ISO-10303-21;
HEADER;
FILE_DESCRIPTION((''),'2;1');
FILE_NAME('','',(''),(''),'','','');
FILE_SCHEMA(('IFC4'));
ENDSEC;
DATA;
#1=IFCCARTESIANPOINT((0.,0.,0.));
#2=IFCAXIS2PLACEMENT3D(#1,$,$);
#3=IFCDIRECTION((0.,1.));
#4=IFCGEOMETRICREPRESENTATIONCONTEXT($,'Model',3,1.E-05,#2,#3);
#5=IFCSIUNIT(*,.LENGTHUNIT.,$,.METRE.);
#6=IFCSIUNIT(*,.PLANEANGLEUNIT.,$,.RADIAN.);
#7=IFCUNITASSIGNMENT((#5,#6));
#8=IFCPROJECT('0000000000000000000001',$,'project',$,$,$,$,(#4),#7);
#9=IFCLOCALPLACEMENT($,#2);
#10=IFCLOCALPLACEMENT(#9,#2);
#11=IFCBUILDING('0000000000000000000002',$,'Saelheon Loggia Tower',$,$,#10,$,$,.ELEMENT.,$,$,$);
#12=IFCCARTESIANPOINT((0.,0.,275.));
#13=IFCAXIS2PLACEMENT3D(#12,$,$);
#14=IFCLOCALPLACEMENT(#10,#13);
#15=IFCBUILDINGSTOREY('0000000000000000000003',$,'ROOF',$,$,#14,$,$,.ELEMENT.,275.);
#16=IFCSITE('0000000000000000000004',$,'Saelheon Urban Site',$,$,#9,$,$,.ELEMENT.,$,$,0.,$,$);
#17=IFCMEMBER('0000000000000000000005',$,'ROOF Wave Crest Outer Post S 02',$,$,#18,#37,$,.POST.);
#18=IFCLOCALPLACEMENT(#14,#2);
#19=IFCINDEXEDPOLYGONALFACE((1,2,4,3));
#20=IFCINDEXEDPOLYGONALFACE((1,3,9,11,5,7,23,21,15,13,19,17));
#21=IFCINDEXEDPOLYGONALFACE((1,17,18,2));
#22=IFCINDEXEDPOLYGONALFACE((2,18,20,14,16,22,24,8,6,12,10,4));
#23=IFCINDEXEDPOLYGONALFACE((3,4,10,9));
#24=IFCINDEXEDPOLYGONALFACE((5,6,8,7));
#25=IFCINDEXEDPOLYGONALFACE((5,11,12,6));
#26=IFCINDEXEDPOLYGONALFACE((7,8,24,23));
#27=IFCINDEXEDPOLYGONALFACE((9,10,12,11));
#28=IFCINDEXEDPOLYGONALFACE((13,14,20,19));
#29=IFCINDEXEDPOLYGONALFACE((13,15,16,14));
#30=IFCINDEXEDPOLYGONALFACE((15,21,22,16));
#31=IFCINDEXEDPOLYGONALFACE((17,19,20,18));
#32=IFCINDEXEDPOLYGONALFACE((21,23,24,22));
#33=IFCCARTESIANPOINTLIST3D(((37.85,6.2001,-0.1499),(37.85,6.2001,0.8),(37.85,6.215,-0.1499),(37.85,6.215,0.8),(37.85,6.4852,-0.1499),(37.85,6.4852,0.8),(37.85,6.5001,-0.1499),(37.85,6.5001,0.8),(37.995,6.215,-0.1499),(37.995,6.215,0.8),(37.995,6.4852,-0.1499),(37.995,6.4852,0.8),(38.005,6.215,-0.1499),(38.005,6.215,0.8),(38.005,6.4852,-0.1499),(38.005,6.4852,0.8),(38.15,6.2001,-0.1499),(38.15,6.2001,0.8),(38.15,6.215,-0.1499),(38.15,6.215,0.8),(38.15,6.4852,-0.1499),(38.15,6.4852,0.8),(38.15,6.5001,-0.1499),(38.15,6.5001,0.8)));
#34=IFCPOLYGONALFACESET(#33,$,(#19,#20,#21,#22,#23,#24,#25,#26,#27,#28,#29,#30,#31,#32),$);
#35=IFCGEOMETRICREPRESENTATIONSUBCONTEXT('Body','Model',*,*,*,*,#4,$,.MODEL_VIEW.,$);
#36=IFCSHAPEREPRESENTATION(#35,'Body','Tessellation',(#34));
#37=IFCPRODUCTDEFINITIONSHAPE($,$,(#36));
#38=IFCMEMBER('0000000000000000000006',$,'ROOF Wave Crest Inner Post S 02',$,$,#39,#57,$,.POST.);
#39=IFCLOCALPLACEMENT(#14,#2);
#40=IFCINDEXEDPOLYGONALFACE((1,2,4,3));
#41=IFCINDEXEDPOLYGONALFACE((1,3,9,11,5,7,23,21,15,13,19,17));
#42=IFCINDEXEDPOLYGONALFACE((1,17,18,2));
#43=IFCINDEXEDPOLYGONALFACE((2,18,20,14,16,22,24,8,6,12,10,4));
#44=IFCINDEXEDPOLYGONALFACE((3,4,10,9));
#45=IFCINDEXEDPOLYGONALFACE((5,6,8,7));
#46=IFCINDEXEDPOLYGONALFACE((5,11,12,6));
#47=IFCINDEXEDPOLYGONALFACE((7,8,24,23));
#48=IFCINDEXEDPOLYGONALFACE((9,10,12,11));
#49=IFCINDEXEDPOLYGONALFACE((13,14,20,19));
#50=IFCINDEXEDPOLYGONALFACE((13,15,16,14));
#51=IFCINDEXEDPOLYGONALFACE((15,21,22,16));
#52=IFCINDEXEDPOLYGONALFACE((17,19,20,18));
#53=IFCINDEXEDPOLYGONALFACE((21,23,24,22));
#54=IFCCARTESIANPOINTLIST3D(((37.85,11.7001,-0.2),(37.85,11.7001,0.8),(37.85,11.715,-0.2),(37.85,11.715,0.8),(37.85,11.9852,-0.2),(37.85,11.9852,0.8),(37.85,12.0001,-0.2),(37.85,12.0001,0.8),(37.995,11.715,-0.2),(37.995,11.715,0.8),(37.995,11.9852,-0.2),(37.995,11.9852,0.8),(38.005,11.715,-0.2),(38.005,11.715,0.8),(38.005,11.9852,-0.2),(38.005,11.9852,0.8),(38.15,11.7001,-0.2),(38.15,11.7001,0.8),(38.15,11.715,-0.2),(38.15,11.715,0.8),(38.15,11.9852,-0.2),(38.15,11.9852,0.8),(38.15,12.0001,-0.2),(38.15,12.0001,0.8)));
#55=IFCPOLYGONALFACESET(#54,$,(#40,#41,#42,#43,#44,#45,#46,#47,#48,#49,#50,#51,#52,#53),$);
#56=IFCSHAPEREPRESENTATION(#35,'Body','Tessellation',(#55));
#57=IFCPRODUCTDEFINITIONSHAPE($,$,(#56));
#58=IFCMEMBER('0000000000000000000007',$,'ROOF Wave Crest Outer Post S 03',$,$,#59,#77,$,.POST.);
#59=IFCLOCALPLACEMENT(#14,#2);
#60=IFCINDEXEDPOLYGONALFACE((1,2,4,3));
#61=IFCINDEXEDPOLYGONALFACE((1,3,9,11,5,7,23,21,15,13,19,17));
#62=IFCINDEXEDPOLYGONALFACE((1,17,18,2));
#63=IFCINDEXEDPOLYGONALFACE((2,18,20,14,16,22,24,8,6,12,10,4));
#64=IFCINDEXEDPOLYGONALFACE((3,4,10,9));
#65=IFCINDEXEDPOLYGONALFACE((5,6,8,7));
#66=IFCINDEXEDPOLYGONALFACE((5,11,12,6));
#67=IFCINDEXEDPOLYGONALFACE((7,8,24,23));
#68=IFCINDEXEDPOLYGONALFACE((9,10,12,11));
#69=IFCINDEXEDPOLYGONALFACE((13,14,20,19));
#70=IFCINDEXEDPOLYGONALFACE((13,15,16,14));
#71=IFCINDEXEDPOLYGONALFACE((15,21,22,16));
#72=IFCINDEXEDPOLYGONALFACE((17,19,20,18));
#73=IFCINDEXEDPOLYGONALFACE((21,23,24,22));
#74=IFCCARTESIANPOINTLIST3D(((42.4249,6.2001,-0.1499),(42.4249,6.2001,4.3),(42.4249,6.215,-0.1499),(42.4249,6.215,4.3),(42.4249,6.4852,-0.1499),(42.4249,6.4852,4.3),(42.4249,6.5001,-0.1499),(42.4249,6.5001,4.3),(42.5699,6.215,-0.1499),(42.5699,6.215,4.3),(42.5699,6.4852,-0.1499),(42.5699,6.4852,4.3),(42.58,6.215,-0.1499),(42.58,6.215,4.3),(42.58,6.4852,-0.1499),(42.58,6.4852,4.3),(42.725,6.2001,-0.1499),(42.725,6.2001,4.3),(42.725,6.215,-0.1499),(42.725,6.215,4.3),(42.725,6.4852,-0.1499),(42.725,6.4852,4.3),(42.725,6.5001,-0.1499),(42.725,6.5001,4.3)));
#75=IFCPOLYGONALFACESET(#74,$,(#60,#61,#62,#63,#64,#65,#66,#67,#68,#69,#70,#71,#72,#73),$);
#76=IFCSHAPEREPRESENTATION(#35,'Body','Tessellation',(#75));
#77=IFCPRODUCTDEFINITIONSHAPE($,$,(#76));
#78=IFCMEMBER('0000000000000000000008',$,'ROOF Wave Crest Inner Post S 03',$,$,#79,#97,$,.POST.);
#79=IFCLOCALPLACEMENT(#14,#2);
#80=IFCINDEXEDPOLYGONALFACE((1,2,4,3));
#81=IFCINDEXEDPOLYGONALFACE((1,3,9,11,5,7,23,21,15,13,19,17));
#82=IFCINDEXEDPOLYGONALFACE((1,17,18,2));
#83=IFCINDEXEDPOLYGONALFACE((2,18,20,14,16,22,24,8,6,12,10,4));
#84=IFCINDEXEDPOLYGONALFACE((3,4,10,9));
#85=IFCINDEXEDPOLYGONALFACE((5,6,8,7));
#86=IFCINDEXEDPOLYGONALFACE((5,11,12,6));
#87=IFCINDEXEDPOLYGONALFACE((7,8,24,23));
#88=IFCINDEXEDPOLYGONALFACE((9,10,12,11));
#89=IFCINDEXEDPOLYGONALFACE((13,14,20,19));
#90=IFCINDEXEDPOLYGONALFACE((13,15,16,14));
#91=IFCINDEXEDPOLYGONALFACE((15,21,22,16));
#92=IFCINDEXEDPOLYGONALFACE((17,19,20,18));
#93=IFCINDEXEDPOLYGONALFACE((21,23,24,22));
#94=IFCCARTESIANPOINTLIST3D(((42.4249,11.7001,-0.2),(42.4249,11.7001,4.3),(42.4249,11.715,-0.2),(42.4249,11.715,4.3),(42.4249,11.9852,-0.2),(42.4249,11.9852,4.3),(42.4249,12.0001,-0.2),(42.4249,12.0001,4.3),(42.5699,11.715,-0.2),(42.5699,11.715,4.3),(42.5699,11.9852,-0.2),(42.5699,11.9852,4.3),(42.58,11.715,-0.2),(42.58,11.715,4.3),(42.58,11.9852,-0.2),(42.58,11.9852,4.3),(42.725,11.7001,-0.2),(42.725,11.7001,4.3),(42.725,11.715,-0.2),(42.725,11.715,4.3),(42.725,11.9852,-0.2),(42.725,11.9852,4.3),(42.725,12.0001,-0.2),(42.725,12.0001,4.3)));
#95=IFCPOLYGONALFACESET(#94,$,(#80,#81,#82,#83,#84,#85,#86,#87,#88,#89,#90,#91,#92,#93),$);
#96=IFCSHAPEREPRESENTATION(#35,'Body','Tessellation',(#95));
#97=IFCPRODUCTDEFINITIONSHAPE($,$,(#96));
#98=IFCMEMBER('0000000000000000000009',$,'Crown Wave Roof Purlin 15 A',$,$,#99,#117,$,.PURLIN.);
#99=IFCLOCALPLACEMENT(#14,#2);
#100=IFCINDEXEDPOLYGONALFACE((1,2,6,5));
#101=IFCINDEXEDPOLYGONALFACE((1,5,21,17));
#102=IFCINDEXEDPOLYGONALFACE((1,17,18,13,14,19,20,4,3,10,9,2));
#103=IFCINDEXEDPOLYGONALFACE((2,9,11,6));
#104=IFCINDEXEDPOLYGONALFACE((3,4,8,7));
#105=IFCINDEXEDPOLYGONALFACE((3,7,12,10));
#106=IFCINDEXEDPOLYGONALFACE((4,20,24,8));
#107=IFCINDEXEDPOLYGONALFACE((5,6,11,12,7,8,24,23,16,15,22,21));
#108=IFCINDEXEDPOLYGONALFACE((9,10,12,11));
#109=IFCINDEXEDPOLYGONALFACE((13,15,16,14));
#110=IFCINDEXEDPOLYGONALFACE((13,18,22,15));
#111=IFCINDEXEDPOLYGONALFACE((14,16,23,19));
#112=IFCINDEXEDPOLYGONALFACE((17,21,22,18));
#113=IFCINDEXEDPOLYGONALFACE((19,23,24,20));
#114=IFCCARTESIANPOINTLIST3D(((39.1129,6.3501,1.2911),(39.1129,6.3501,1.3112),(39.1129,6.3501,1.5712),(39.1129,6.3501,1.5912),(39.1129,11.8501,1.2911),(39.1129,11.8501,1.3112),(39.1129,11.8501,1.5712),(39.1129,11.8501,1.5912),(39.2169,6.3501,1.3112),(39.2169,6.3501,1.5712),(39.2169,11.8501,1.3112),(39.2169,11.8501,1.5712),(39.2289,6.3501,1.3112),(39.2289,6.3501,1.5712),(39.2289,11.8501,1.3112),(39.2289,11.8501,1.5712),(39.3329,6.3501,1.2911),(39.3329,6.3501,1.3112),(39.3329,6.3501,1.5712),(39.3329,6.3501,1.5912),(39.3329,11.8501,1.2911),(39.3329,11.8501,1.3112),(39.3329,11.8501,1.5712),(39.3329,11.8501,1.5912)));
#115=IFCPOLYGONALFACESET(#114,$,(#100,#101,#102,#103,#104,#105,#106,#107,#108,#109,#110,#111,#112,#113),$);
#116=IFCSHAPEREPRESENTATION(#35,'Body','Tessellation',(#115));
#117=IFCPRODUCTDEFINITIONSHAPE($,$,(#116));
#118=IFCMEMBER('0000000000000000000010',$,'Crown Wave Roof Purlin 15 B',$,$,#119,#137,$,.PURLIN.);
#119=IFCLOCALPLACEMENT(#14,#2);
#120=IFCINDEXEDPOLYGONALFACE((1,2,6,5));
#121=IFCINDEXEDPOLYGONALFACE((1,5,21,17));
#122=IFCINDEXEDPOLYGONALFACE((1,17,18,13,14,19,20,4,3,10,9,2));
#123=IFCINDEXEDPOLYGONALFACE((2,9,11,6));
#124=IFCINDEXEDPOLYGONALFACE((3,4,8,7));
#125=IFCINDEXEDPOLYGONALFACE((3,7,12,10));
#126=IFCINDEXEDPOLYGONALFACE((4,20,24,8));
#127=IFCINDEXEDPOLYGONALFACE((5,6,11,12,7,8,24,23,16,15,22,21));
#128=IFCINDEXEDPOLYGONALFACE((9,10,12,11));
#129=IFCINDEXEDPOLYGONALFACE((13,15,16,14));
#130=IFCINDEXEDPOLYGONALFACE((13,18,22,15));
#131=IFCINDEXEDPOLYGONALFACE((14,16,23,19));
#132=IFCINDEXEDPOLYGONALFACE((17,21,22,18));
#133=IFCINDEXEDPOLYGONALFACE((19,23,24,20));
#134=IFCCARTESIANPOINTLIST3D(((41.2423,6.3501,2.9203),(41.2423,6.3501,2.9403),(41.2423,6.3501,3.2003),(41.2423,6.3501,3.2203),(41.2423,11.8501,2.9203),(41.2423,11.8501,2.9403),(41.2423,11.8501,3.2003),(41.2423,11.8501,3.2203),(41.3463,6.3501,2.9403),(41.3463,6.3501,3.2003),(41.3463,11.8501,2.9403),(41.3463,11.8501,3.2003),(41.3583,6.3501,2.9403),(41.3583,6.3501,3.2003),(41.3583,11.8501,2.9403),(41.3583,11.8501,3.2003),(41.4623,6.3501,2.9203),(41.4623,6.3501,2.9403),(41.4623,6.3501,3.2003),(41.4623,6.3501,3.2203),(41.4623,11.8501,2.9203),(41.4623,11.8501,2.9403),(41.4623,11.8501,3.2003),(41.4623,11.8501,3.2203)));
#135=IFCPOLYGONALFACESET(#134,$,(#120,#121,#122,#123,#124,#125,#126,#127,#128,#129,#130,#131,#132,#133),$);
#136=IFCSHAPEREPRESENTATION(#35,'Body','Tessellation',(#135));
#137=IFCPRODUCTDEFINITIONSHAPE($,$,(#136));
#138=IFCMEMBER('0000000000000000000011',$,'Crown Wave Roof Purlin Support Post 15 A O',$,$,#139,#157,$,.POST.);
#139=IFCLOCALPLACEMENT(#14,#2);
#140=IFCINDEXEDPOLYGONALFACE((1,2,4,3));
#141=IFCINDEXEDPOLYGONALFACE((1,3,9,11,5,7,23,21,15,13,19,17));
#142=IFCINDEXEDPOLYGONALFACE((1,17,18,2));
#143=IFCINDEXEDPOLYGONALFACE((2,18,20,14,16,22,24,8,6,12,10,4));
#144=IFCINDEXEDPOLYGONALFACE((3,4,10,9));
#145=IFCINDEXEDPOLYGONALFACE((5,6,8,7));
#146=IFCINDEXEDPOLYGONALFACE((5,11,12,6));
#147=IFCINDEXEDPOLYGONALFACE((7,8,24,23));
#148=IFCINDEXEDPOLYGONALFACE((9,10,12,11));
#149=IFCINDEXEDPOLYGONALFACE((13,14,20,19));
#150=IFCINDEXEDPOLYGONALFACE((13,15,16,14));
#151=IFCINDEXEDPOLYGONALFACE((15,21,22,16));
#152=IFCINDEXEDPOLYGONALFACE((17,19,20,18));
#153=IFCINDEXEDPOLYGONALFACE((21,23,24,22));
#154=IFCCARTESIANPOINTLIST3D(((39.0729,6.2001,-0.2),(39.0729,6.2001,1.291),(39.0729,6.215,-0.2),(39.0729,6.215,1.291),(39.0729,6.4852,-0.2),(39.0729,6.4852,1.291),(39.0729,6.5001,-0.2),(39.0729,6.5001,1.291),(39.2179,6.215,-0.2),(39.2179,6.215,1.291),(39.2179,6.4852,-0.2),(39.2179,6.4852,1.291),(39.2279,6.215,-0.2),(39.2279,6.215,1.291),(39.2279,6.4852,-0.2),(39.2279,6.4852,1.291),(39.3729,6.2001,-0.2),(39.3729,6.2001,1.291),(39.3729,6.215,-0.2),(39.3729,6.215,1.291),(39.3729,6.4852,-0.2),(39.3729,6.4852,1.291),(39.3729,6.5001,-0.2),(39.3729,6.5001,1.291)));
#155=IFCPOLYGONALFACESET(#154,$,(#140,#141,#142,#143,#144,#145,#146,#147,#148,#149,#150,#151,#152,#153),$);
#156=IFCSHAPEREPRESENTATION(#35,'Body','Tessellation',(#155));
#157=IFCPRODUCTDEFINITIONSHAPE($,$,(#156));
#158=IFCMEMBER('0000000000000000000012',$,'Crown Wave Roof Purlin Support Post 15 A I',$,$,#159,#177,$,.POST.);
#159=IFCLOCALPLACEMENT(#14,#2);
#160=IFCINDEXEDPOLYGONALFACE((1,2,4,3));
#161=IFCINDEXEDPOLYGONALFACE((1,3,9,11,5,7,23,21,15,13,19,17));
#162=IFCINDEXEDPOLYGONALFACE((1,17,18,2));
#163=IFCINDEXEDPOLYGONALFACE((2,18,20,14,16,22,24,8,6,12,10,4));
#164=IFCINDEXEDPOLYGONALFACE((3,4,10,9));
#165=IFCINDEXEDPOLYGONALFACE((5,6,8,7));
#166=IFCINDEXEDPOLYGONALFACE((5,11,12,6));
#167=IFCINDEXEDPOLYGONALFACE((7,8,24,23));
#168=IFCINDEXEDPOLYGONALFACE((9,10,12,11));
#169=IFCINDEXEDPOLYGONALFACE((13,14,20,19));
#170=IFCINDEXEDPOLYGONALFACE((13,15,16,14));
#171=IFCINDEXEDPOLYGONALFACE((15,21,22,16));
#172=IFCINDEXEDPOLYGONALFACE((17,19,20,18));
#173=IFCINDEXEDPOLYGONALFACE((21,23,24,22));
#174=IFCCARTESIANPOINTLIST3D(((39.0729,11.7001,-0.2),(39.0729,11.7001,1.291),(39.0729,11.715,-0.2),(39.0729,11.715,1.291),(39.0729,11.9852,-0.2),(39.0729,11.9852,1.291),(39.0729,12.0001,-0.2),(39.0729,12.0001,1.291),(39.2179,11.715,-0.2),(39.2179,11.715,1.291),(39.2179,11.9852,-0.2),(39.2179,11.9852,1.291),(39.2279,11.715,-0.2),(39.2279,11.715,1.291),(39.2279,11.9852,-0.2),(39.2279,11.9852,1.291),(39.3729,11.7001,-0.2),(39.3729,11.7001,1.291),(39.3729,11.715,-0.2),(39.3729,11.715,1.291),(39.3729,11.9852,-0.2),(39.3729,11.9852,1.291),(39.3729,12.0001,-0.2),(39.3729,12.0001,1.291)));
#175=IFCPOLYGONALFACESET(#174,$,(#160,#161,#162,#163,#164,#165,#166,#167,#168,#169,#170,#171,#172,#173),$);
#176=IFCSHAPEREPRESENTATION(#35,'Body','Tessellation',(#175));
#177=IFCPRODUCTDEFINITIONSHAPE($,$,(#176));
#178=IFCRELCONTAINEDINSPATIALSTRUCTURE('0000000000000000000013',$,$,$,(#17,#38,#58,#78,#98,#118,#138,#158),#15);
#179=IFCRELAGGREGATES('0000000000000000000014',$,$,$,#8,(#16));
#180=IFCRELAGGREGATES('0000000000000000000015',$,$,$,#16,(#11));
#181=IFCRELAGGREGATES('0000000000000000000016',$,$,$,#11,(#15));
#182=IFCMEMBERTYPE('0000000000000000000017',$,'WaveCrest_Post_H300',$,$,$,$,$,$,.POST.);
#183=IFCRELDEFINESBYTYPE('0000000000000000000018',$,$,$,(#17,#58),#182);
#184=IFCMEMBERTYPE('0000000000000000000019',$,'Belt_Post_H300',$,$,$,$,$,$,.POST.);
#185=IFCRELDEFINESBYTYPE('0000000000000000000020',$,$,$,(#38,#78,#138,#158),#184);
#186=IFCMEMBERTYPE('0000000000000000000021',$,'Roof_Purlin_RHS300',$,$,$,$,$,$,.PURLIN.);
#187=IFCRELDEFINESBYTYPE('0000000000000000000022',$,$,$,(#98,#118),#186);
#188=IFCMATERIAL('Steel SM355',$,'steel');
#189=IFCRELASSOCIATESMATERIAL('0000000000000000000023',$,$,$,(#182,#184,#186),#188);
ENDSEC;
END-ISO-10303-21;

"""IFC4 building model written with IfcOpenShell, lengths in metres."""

from ifc_helpers import new_model, si_unit, direction, frame, origin, origin_2d, place, context, subcontext, project, spatial, i_section, extrude, source, transform, mapped, material, material_profile, profile_set, type_object, element, save


model = new_model("IFC4")

# Units and contexts
model_context = context("Model", 3, precision=1e-05, world=origin(), true_north=direction((0.0, 1.0)))
body_context = subcontext(model_context, "Body", "Model", "MODEL_VIEW")
ifc_project = project(units=[si_unit("LENGTHUNIT", "METRE"), si_unit("PLANEANGLEUNIT", "RADIAN")], contexts=[model_context])

# Site, building, storey
site_placement = place(None, origin())
site = spatial("IfcSite", under=ifc_project, at=site_placement, Name="Saelheon Urban Site", CompositionType="ELEMENT", RefElevation=0.0)
building_placement = place(site_placement, origin())
building = spatial("IfcBuilding", under=site, at=building_placement, Name="Saelheon Loggia Tower", CompositionType="ELEMENT")
storey_placement = place(building_placement, frame((0.0, 0.0, 275.0)))
storey = spatial("IfcBuildingStorey", under=building, at=storey_placement, Name="ROOF", CompositionType="ELEMENT", Elevation=275.0)

# Members
ifc_material_1 = material(Name="Steel SM355", Category="steel")
ifc_material_profile_1 = material_profile(ifc_material_1, i_section(OverallWidth=0.3, OverallDepth=0.3, WebThickness=0.01, FlangeThickness=0.0149, at=origin_2d()), Name="H-300x300x10x15")
ifc_profile_set_1 = profile_set([ifc_material_profile_1], Name="Steel SM355")
member_type_1 = type_object("IfcMemberType", Name="WaveCrest_Post_H300", PredefinedType="POST", material=ifc_profile_set_1)
shared_shape_1 = source(origin(), body_context, "Body", "SweptSolid", [
    extrude(i_section(OverallWidth=0.3, OverallDepth=0.3, WebThickness=0.01, FlangeThickness=0.0149, at=origin_2d()), origin(), (0.0, 0.0, 1.0), 0.95),
])
member_1_placement = place(storey_placement, frame((38.0, 6.3501, -0.1499), z_axis=(0.0, 0.0, 1.0), x_axis=(1.0, 0.0, 0.0)))
element("IfcMember", 1, at=member_1_placement, inside=storey, type_object=member_type_1, Name="ROOF Wave Crest Outer Post S 02", PredefinedType="POST", context=body_context, shape_type="MappedRepresentation", body=[
    mapped(shared_shape_1, transform((0.0, 0.0, 0.0), scale=1.0)),
])
ifc_material_profile_2 = material_profile(ifc_material_1, i_section(OverallWidth=0.3, OverallDepth=0.3, WebThickness=0.01, FlangeThickness=0.0149, at=origin_2d()), Name="H-300x300x10x15")
ifc_profile_set_2 = profile_set([ifc_material_profile_2], Name="Steel SM355")
member_type_2 = type_object("IfcMemberType", Name="Belt_Post_H300", PredefinedType="POST", material=ifc_profile_set_2)
shared_shape_2 = source(origin(), body_context, "Body", "SweptSolid", [
    extrude(i_section(OverallWidth=0.3, OverallDepth=0.3, WebThickness=0.01, FlangeThickness=0.0149, at=origin_2d()), origin(), (0.0, 0.0, 1.0), 1.0),
])
member_2_placement = place(storey_placement, frame((38.0, 11.8501, -0.2), z_axis=(0.0, 0.0, 1.0), x_axis=(1.0, 0.0, 0.0)))
element("IfcMember", 2, at=member_2_placement, inside=storey, type_object=member_type_2, Name="ROOF Wave Crest Inner Post S 02", PredefinedType="POST", context=body_context, shape_type="MappedRepresentation", body=[
    mapped(shared_shape_2, transform((0.0, 0.0, 0.0), scale=1.0)),
])
shared_shape_3 = source(origin(), body_context, "Body", "SweptSolid", [
    extrude(i_section(OverallWidth=0.3, OverallDepth=0.3, WebThickness=0.01, FlangeThickness=0.0149, at=origin_2d()), origin(), (0.0, 0.0, 1.0), 4.45),
])
member_3_placement = place(storey_placement, frame((42.575, 6.3501, -0.1499), z_axis=(0.0, 0.0, 1.0), x_axis=(1.0, 0.0, 0.0)))
element("IfcMember", 3, at=member_3_placement, inside=storey, type_object=member_type_1, Name="ROOF Wave Crest Outer Post S 03", PredefinedType="POST", context=body_context, shape_type="MappedRepresentation", body=[
    mapped(shared_shape_3, transform((0.0, 0.0, 0.0), scale=1.0)),
])
shared_shape_4 = source(origin(), body_context, "Body", "SweptSolid", [
    extrude(i_section(OverallWidth=0.3, OverallDepth=0.3, WebThickness=0.01, FlangeThickness=0.0149, at=origin_2d()), origin(), (0.0, 0.0, 1.0), 4.5),
])
member_4_placement = place(storey_placement, frame((42.575, 11.8501, -0.2), z_axis=(0.0, 0.0, 1.0), x_axis=(1.0, 0.0, 0.0)))
element("IfcMember", 4, at=member_4_placement, inside=storey, type_object=member_type_2, Name="ROOF Wave Crest Inner Post S 03", PredefinedType="POST", context=body_context, shape_type="MappedRepresentation", body=[
    mapped(shared_shape_4, transform((0.0, 0.0, 0.0), scale=1.0)),
])
ifc_material_profile_3 = material_profile(ifc_material_1, i_section(OverallWidth=0.22, OverallDepth=0.3, WebThickness=0.012, FlangeThickness=0.02, at=origin_2d()), Name="H-300x220x12x20")
ifc_profile_set_3 = profile_set([ifc_material_profile_3], Name="Steel SM355")
member_type_3 = type_object("IfcMemberType", Name="Roof_Purlin_RHS300", PredefinedType="PURLIN", material=ifc_profile_set_3)
shared_shape_5 = source(origin(), body_context, "Body", "SweptSolid", [
    extrude(i_section(OverallWidth=0.22, OverallDepth=0.3, WebThickness=0.012, FlangeThickness=0.02, at=origin_2d()), origin(), (0.0, 0.0, 1.0), 5.5),
])
for number, where, z_axis, x_axis, name in (
    (5, (39.2229, 6.3501, 1.4412), (0.0, 1.0, 0.0), (-1.0, 0.0, 0.0), "Crown Wave Roof Purlin 15 A"),
    (6, (41.3523, 6.3501, 3.0703), (0.0, 1.0, 0.0), (-1.0, 0.0, 0.0), "Crown Wave Roof Purlin 15 B"),
):
    element("IfcMember", number, at=place(storey_placement, frame(where, z_axis=z_axis, x_axis=x_axis)), inside=storey, type_object=member_type_3, Name=name, PredefinedType="PURLIN", context=body_context, shape_type="MappedRepresentation", body=[
        mapped(shared_shape_5, transform((0.0, 0.0, 0.0), scale=1.0)),
    ])
shared_shape_6 = source(origin(), body_context, "Body", "SweptSolid", [
    extrude(i_section(OverallWidth=0.3, OverallDepth=0.3, WebThickness=0.01, FlangeThickness=0.0149, at=origin_2d()), origin(), (0.0, 0.0, 1.0), 1.491),
])
for number, where, z_axis, x_axis, name in (
    (7, (39.2229, 6.3501, -0.2), (0.0, 0.0, 1.0), (1.0, 0.0, 0.0), "Crown Wave Roof Purlin Support Post 15 A O"),
    (8, (39.2229, 11.8501, -0.2), (0.0, 0.0, 1.0), (1.0, 0.0, 0.0), "Crown Wave Roof Purlin Support Post 15 A I"),
):
    element("IfcMember", number, at=place(storey_placement, frame(where, z_axis=z_axis, x_axis=x_axis)), inside=storey, type_object=member_type_2, Name=name, PredefinedType="POST", context=body_context, shape_type="MappedRepresentation", body=[
        mapped(shared_shape_6, transform((0.0, 0.0, 0.0), scale=1.0)),
    ])

save(model, "model.ifc")
